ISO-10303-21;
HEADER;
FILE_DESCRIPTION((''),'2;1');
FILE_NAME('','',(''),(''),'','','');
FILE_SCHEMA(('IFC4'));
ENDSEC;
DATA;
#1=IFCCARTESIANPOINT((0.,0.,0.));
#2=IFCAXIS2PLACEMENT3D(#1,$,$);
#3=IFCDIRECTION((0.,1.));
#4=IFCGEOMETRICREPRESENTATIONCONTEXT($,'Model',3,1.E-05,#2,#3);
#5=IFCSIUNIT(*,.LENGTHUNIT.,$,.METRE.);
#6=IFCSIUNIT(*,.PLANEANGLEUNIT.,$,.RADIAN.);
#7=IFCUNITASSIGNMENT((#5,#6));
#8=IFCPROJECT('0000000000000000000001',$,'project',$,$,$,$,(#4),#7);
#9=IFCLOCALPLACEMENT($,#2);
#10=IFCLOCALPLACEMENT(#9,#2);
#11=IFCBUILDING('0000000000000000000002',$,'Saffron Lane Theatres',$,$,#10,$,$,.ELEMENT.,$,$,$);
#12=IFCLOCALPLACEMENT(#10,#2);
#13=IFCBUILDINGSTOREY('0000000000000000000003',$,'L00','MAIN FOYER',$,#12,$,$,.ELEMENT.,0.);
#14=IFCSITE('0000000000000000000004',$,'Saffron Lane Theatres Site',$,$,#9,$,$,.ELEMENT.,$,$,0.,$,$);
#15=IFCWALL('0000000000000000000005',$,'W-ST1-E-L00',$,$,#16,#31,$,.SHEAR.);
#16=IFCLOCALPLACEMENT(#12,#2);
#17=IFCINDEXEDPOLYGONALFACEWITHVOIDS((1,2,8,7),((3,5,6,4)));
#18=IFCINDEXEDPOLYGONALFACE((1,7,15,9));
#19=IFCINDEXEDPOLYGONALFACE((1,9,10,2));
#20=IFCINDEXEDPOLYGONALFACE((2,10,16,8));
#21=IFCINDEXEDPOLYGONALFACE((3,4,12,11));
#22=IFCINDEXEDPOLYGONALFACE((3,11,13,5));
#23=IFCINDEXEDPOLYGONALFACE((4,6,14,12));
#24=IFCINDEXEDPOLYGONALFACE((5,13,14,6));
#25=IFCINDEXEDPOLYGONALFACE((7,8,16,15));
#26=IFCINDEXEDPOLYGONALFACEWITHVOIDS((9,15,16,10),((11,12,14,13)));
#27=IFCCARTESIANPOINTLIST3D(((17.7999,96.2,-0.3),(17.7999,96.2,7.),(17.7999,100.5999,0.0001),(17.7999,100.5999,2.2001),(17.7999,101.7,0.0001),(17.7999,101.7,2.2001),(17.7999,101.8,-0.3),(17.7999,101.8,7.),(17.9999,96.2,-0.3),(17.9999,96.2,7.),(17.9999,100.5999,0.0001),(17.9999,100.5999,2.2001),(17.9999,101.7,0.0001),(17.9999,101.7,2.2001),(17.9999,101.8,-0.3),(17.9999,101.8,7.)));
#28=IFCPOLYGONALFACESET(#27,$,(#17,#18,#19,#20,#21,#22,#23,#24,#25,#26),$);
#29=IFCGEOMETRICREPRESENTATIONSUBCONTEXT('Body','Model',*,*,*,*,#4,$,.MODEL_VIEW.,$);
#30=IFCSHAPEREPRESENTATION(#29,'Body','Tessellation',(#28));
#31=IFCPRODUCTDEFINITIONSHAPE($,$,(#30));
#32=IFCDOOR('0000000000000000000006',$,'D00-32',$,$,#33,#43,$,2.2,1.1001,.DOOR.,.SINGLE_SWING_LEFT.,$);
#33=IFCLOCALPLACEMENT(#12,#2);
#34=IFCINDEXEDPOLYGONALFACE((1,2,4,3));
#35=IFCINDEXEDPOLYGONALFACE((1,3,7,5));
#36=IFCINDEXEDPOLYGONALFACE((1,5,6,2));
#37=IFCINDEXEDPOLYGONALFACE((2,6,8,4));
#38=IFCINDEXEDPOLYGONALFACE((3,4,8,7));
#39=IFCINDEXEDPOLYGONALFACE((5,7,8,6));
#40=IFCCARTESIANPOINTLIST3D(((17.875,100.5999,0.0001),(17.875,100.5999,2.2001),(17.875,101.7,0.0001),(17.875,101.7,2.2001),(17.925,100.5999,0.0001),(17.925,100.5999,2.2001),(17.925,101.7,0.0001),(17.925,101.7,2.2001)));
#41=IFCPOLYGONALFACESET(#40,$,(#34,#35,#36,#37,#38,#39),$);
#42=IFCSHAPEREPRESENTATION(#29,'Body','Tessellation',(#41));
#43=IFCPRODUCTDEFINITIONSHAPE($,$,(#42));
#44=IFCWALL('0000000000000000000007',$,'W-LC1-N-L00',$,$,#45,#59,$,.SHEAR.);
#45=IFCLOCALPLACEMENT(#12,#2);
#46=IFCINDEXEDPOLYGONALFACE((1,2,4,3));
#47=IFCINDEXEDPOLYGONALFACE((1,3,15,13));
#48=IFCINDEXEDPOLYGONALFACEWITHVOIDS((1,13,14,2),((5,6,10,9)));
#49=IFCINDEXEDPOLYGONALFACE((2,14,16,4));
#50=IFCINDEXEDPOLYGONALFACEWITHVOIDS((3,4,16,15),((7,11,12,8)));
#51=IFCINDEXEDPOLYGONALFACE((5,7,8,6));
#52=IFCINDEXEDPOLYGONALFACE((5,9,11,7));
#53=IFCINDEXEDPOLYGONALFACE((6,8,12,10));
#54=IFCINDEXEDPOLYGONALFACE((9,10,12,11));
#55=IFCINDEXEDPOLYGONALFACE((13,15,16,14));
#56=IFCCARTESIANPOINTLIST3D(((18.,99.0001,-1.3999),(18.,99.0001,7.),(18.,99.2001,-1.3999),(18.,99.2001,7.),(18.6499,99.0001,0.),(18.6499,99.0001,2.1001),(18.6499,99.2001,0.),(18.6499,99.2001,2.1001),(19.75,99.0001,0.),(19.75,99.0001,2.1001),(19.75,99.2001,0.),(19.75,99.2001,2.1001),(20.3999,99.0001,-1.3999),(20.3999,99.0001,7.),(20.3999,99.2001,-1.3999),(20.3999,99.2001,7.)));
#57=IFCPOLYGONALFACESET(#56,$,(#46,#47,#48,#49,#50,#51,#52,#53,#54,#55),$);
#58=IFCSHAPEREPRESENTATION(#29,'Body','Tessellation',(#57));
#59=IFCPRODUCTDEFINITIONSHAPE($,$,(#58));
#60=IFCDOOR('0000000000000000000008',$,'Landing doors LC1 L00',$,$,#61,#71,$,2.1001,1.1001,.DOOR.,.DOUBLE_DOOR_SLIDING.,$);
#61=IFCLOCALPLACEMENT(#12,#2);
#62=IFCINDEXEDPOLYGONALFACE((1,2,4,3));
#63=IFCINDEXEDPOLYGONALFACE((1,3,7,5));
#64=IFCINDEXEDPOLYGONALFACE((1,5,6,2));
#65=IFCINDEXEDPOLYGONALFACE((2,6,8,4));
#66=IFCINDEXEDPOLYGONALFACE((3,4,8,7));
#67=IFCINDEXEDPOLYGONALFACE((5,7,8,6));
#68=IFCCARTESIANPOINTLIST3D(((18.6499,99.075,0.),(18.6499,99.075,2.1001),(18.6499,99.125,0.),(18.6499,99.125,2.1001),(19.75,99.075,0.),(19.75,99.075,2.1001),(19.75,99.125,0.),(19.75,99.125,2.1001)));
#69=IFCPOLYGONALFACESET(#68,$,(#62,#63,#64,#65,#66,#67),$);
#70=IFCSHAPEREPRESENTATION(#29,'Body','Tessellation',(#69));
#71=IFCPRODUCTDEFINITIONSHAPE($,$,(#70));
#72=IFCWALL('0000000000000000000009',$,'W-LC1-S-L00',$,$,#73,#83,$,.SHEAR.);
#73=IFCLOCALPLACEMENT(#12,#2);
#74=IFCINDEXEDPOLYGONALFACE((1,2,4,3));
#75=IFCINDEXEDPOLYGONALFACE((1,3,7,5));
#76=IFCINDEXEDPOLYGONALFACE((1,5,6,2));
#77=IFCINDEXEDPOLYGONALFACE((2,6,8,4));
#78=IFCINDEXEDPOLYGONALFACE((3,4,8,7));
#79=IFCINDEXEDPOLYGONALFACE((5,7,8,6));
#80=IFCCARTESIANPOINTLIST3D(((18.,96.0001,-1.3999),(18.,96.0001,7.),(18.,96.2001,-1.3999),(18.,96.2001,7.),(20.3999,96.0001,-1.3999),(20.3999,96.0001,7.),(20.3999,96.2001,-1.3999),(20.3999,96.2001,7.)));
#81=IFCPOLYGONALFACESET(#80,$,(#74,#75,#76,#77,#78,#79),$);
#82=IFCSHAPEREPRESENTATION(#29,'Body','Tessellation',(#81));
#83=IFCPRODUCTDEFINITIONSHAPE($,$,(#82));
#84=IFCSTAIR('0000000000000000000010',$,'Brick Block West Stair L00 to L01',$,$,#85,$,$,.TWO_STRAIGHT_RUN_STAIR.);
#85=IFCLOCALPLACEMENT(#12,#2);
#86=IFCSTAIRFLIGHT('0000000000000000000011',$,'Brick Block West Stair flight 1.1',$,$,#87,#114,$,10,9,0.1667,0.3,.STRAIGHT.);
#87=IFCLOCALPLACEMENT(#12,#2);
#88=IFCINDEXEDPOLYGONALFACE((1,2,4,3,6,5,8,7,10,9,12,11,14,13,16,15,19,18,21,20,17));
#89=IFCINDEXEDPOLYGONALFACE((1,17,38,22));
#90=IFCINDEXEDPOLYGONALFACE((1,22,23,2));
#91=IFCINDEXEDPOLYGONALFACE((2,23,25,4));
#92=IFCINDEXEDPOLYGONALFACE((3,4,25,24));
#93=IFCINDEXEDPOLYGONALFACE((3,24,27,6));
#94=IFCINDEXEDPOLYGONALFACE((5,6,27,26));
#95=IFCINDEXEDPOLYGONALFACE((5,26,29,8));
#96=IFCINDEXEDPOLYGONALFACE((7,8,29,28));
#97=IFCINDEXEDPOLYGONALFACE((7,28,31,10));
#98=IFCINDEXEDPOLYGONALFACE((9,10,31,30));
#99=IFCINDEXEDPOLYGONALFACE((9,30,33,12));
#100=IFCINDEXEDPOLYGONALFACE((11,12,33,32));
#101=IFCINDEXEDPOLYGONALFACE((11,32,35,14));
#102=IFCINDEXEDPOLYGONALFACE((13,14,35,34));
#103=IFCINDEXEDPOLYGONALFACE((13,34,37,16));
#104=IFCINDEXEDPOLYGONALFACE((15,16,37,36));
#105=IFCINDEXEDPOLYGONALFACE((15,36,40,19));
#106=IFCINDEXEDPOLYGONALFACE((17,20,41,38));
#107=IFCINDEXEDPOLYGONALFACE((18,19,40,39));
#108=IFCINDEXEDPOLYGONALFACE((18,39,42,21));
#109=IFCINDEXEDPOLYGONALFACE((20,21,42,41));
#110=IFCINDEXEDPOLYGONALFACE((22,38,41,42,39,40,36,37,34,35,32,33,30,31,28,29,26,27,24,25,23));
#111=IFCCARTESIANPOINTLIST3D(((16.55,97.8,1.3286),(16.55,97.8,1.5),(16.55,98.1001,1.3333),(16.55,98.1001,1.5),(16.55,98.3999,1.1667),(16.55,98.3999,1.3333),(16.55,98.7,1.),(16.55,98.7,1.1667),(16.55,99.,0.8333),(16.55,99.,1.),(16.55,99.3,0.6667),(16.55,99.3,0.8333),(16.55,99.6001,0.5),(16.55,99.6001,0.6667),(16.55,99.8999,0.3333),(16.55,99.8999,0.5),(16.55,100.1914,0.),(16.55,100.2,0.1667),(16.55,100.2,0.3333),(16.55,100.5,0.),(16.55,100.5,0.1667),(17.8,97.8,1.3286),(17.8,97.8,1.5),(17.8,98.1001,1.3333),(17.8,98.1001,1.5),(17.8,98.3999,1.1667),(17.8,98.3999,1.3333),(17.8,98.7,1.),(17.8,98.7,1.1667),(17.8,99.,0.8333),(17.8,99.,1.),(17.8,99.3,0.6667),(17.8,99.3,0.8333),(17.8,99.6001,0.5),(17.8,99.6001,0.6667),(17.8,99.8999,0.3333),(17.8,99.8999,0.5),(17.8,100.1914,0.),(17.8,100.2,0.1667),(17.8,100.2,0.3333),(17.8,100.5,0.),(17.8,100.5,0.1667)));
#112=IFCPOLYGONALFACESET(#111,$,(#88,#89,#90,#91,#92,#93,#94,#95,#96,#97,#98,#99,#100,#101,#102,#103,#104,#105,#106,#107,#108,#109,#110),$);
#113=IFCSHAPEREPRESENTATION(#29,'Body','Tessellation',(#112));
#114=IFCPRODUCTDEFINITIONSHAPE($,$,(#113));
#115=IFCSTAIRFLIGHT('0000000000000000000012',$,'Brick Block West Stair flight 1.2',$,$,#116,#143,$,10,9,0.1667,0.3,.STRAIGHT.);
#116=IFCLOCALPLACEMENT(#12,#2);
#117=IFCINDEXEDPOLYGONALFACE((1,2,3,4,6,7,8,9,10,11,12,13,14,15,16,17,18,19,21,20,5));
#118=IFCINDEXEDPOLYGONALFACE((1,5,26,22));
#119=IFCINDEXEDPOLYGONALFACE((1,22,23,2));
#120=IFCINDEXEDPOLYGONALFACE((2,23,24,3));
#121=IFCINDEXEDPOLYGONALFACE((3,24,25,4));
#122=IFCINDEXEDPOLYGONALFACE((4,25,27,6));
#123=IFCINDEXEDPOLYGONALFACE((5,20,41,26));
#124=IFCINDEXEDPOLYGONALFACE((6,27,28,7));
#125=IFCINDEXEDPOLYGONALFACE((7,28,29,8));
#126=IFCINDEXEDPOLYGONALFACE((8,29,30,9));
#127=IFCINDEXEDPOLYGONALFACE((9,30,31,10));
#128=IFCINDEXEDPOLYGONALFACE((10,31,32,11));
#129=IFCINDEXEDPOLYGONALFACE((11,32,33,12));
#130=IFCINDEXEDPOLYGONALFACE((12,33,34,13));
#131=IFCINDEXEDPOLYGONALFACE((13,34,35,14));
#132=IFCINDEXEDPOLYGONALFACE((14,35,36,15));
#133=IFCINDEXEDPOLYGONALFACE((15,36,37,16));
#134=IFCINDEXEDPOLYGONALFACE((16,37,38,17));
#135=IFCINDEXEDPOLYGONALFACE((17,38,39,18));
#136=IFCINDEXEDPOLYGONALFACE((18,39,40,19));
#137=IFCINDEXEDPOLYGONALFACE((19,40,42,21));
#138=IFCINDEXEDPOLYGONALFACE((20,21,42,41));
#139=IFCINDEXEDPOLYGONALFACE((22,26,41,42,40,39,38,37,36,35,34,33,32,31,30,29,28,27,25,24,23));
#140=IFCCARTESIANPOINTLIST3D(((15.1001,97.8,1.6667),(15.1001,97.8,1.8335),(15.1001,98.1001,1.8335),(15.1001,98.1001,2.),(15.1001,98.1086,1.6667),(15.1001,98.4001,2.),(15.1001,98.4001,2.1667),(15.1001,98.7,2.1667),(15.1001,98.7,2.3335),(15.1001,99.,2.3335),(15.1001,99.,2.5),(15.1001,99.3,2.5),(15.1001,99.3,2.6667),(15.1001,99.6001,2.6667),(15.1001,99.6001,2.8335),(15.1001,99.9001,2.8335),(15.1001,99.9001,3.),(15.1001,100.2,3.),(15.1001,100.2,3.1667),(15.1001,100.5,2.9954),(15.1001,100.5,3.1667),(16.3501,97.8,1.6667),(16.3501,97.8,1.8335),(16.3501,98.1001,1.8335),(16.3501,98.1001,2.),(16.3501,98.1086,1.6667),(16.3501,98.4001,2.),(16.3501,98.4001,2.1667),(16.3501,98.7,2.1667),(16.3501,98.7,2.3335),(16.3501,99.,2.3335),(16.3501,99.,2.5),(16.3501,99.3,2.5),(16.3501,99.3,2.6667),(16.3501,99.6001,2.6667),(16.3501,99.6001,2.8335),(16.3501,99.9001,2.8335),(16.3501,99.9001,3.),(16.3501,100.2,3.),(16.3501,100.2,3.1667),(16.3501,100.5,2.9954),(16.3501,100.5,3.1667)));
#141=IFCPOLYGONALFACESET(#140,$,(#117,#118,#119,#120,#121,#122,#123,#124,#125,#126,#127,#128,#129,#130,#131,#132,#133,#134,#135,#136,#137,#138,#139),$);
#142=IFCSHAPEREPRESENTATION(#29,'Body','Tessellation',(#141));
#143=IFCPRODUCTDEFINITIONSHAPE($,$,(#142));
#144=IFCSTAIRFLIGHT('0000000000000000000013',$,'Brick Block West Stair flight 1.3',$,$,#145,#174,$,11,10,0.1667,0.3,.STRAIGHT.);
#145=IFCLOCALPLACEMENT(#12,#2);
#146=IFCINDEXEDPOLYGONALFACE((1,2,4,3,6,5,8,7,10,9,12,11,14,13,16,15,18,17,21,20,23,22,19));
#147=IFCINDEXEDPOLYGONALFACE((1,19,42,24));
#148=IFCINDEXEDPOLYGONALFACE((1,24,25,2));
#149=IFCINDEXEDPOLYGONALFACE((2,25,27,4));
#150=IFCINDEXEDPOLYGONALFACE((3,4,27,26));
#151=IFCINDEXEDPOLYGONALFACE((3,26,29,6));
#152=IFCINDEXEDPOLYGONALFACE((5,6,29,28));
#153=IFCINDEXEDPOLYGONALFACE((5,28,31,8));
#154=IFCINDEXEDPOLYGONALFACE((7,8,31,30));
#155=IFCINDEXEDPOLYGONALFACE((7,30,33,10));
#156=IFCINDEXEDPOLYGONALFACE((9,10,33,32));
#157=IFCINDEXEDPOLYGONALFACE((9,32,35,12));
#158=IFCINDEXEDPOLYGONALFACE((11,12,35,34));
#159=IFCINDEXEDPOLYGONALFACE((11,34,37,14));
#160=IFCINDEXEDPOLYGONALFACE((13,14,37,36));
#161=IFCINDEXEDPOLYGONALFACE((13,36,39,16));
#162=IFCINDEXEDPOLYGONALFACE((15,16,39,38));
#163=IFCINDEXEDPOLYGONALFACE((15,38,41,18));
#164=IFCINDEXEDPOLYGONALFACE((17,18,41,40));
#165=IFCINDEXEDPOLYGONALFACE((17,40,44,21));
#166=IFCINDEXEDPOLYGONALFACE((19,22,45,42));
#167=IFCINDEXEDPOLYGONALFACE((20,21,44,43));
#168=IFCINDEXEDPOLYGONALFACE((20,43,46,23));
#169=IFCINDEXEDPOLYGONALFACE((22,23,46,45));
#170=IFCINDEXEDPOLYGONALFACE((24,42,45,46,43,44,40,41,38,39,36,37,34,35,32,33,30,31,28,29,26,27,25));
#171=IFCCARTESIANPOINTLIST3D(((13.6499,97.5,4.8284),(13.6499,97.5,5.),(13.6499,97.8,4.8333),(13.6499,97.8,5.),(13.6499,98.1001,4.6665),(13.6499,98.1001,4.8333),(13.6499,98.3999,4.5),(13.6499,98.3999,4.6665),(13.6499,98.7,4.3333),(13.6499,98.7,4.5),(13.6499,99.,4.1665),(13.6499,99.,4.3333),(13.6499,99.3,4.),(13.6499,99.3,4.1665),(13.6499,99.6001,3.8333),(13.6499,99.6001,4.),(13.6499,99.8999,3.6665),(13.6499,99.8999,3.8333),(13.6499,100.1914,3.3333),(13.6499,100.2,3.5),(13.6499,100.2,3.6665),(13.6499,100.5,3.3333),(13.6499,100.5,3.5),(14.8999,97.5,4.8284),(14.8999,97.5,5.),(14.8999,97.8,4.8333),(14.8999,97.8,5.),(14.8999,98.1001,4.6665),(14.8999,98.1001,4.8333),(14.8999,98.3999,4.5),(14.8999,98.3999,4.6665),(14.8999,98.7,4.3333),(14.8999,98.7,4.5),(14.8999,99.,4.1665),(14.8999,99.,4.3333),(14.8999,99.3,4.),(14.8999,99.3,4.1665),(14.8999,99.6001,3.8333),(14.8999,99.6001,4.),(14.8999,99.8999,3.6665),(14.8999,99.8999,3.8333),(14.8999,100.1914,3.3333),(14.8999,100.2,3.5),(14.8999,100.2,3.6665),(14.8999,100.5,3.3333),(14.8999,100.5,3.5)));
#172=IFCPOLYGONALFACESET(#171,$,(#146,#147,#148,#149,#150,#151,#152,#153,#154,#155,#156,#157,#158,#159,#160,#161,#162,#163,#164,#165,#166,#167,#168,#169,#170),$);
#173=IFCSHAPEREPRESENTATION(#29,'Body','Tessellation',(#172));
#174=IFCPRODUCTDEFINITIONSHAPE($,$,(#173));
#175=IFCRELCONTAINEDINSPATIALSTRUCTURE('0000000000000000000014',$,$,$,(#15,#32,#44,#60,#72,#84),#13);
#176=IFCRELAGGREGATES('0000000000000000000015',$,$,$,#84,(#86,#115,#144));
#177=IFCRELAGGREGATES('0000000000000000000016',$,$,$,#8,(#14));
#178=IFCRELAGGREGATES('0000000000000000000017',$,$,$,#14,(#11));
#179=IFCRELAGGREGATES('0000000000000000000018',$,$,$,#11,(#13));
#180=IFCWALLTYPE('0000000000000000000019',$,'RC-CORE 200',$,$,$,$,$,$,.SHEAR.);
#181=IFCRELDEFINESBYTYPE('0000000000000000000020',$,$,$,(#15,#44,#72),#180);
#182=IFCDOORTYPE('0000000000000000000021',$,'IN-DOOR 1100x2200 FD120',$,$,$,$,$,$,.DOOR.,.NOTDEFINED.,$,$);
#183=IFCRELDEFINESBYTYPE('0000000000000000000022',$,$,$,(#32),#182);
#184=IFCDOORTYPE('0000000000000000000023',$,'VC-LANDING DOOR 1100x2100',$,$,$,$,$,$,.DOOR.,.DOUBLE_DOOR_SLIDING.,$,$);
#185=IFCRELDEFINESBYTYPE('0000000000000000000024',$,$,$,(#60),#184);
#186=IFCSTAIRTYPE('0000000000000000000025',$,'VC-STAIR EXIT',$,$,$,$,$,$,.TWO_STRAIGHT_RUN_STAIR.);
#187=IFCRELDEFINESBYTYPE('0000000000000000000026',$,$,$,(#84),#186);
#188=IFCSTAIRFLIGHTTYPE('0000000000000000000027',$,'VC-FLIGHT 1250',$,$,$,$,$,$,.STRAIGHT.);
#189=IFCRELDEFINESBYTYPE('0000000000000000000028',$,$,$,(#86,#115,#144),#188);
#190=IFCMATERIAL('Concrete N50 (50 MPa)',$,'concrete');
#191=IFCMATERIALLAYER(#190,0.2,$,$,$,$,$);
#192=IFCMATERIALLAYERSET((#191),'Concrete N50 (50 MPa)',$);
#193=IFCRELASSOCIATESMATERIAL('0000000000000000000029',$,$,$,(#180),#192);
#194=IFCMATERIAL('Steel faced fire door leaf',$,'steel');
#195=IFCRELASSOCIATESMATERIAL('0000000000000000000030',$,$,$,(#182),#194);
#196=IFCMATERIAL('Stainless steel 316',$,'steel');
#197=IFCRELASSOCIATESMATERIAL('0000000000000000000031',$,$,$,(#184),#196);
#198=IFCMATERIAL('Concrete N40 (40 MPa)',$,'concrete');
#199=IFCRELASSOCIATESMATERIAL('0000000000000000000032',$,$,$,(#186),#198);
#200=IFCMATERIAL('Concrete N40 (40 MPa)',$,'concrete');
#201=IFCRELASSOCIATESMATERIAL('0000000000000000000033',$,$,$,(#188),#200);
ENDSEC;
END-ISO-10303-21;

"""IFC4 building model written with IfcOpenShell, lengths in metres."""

from ifc_helpers import new_model, si_unit, direction, frame, frame_2d, origin, place, context, subcontext, project, spatial, polyline, rectangle, outline, extrude, material, layer, layer_set, type_object, element, fill, aggregate, save


model = new_model("IFC4")

# Units and contexts
model_context = context("Model", 3, precision=1e-05, world=origin(), true_north=direction((0.0, 1.0)))
body_context = subcontext(model_context, "Body", "Model", "MODEL_VIEW")
ifc_project = project(units=[si_unit("LENGTHUNIT", "METRE"), si_unit("PLANEANGLEUNIT", "RADIAN")], contexts=[model_context])

# Site, building, storey
site_placement = place(None, origin())
site = spatial("IfcSite", under=ifc_project, at=site_placement, Name="Saffron Lane Theatres Site", CompositionType="ELEMENT", RefElevation=0.0)
building_placement = place(site_placement, origin())
building = spatial("IfcBuilding", under=site, at=building_placement, Name="Saffron Lane Theatres", CompositionType="ELEMENT")
storey_placement = place(building_placement, origin())
storey = spatial("IfcBuildingStorey", under=building, at=storey_placement, Name="L00", Description="MAIN FOYER", CompositionType="ELEMENT", Elevation=0.0)

# Walls, openings, doors
ifc_material_1 = material(Name="Concrete N50 (50 MPa)", Category="concrete")
ifc_layer = layer(ifc_material_1, 0.2)
ifc_layer_set = layer_set([ifc_layer], Name="Concrete N50 (50 MPa)")
wall_type = type_object("IfcWallType", Name="RC-CORE 200", PredefinedType="SHEAR", material=ifc_layer_set)
wall_1_placement = place(storey_placement, frame((17.8999, 96.2, -0.3), z_axis=(0.0, 0.0, 1.0), x_axis=(0.0, 1.0, 0.0)))
wall_1 = element("IfcWall", 1, at=wall_1_placement, inside=storey, type_object=wall_type, Name="W-ST1-E-L00", PredefinedType="SHEAR", context=body_context, shape_type="SweptSolid", body=[
    extrude(rectangle(XDim=5.6001, YDim=0.2, at=frame_2d((2.8, 0.0))), origin(), (0.0, 0.0, 1.0), 7.3),
])
opening_1_placement = place(wall_1_placement, frame((4.3999, 0.0, 0.3)))
opening_1 = element("IfcOpeningElement", 2, at=opening_1_placement, cuts=wall_1, PredefinedType="OPENING", context=body_context, shape_type="SweptSolid", body=[
    extrude(rectangle(XDim=1.1001, YDim=2.2, at=frame_2d((0.55, 1.1001))), frame((0.0, 0.1099, 0.0), z_axis=(0.0, -1.0, 0.0), x_axis=(1.0, 0.0, 0.0)), (0.0, 0.0, 1.0), 0.22),
])
ifc_material_2 = material(Name="Steel faced fire door leaf", Category="steel")
door_type_1 = type_object("IfcDoorType", Name="IN-DOOR 1100x2200 FD120", OperationType="NOTDEFINED", PredefinedType="DOOR", material=ifc_material_2)
door_1_placement = place(opening_1_placement, origin())
door_1 = element("IfcDoor", 3, at=door_1_placement, inside=storey, type_object=door_type_1, Name="D00-32", OperationType="SINGLE_SWING_LEFT", OverallHeight=2.2, OverallWidth=1.1001, PredefinedType="DOOR", context=body_context, shape_type="SweptSolid", body=[
    extrude(rectangle(XDim=1.1001, YDim=2.2, at=frame_2d((0.55, 1.1001))), frame((0.0, 0.0249, 0.0), z_axis=(0.0, -1.0, 0.0), x_axis=(1.0, 0.0, 0.0)), (0.0, 0.0, 1.0), 0.05),
])
fill(opening_1, door_1)
wall_2_placement = place(storey_placement, frame((18.0, 99.1001, -1.3999), z_axis=(0.0, 0.0, 1.0), x_axis=(1.0, 0.0, 0.0)))
wall_2 = element("IfcWall", 4, at=wall_2_placement, inside=storey, type_object=wall_type, Name="W-LC1-N-L00", PredefinedType="SHEAR", context=body_context, shape_type="SweptSolid", body=[
    extrude(rectangle(XDim=2.3999, YDim=0.2, at=frame_2d((1.2, 0.0))), origin(), (0.0, 0.0, 1.0), 8.3999),
])
opening_2_placement = place(wall_2_placement, frame((0.6499, 0.0, 1.3999)))
opening_2 = element("IfcOpeningElement", 5, at=opening_2_placement, cuts=wall_2, PredefinedType="OPENING", context=body_context, shape_type="SweptSolid", body=[
    extrude(rectangle(XDim=1.1001, YDim=2.1001, at=frame_2d((0.55, 1.05))), frame((0.0, 0.1099, 0.0), z_axis=(0.0, -1.0, 0.0), x_axis=(1.0, 0.0, 0.0)), (0.0, 0.0, 1.0), 0.22),
])
ifc_material_3 = material(Name="Stainless steel 316", Category="steel")
door_type_2 = type_object("IfcDoorType", Name="VC-LANDING DOOR 1100x2100", OperationType="DOUBLE_DOOR_SLIDING", PredefinedType="DOOR", material=ifc_material_3)
door_2_placement = place(opening_2_placement, origin())
door_2 = element("IfcDoor", 6, at=door_2_placement, inside=storey, type_object=door_type_2, Name="Landing doors LC1 L00", OperationType="DOUBLE_DOOR_SLIDING", OverallHeight=2.1001, OverallWidth=1.1001, PredefinedType="DOOR", context=body_context, shape_type="SweptSolid", body=[
    extrude(rectangle(XDim=1.1001, YDim=2.1001, at=frame_2d((0.55, 1.05))), frame((0.0, 0.0249, 0.0), z_axis=(0.0, -1.0, 0.0), x_axis=(1.0, 0.0, 0.0)), (0.0, 0.0, 1.0), 0.05),
])
fill(opening_2, door_2)

# Wall
wall_3_placement = place(storey_placement, frame((18.0, 96.1001, -1.3999), z_axis=(0.0, 0.0, 1.0), x_axis=(1.0, 0.0, 0.0)))
element("IfcWall", 7, at=wall_3_placement, inside=storey, type_object=wall_type, Name="W-LC1-S-L00", PredefinedType="SHEAR", context=body_context, shape_type="SweptSolid", body=[
    extrude(rectangle(XDim=2.3999, YDim=0.2, at=frame_2d((1.2, 0.0))), origin(), (0.0, 0.0, 1.0), 8.3999),
])

# Stair, stair flights
ifc_material_4 = material(Name="Concrete N40 (40 MPa)", Category="concrete")
stair_type = type_object("IfcStairType", Name="VC-STAIR EXIT", PredefinedType="TWO_STRAIGHT_RUN_STAIR", material=ifc_material_4)
stair_placement = place(storey_placement, origin())
stair = element("IfcStair", 8, at=stair_placement, inside=storey, type_object=stair_type, Name="Brick Block West Stair L00 to L01", PredefinedType="TWO_STRAIGHT_RUN_STAIR")
ifc_material_5 = material(Name="Concrete N40 (40 MPa)", Category="concrete")
stair_flight_type = type_object("IfcStairFlightType", Name="VC-FLIGHT 1250", PredefinedType="STRAIGHT", material=ifc_material_5)
stair_flight_1_placement = place(storey_placement, frame((17.175, 100.5, 0.0), z_axis=(0.0, 0.0, 1.0), x_axis=(0.0, -1.0, 0.0)))
stair_flight_1 = element("IfcStairFlight", 9, at=stair_flight_1_placement, type_object=stair_flight_type, Name="Brick Block West Stair flight 1.1", NumberOfRisers=10, NumberOfTreads=9, PredefinedType="STRAIGHT", RiserHeight=0.1667, TreadLength=0.3, context=body_context, shape_type="SweptSolid", body=[
    extrude(outline(polyline([(0.0, 0.0), (0.0, 0.1667), (0.3, 0.1667), (0.3, 0.3333), (0.6001, 0.3333), (0.6001, 0.5), (0.8999, 0.5), (0.8999, 0.6667), (1.2, 0.6667), (1.2, 0.8333), (1.5, 0.8333), (1.5, 1.0), (1.8, 1.0), (1.8, 1.1667), (2.1001, 1.1667), (2.1001, 1.3333), (2.3999, 1.3333), (2.3999, 1.5), (2.7, 1.5), (2.7, 1.6667), (2.7, 1.3286), (0.3086, 0.0), (0.0, 0.0)])), frame((0.0, 0.625, 0.0), z_axis=(0.0, -1.0, 0.0), x_axis=(1.0, 0.0, 0.0)), (0.0, 0.0, 1.0), 1.25),
])
stair_flight_2_placement = place(storey_placement, frame((15.7251, 97.8, 1.6667), z_axis=(0.0, 0.0, 1.0), x_axis=(0.0, 1.0, 0.0)))
stair_flight_2 = element("IfcStairFlight", 10, at=stair_flight_2_placement, type_object=stair_flight_type, Name="Brick Block West Stair flight 1.2", NumberOfRisers=10, NumberOfTreads=9, PredefinedType="STRAIGHT", RiserHeight=0.1667, TreadLength=0.3, context=body_context, shape_type="SweptSolid", body=[
    extrude(outline(polyline([(0.0, 0.0), (0.0, 0.1667), (0.3, 0.1667), (0.3, 0.3333), (0.6001, 0.3333), (0.6001, 0.5), (0.8999, 0.5), (0.8999, 0.6667), (1.2, 0.6667), (1.2, 0.8333), (1.5, 0.8333), (1.5, 1.0), (1.8, 1.0), (1.8, 1.1667), (2.1001, 1.1667), (2.1001, 1.3333), (2.3999, 1.3333), (2.3999, 1.5), (2.7, 1.5), (2.7, 1.6667), (2.7, 1.3286), (0.3086, 0.0), (0.0, 0.0)])), frame((0.0, 0.625, 0.0), z_axis=(0.0, -1.0, 0.0), x_axis=(1.0, 0.0, 0.0)), (0.0, 0.0, 1.0), 1.25),
])
stair_flight_3_placement = place(storey_placement, frame((14.2749, 100.5, 3.3333), z_axis=(0.0, 0.0, 1.0), x_axis=(0.0, -1.0, 0.0)))
stair_flight_3 = element("IfcStairFlight", 11, at=stair_flight_3_placement, type_object=stair_flight_type, Name="Brick Block West Stair flight 1.3", NumberOfRisers=11, NumberOfTreads=10, PredefinedType="STRAIGHT", RiserHeight=0.1667, TreadLength=0.3, context=body_context, shape_type="SweptSolid", body=[
    extrude(outline(polyline([(0.0, 0.0), (0.0, 0.1667), (0.3, 0.1667), (0.3, 0.3333), (0.6001, 0.3333), (0.6001, 0.5), (0.8999, 0.5), (0.8999, 0.6667), (1.2, 0.6667), (1.2, 0.8333), (1.5, 0.8333), (1.5, 1.0), (1.8, 1.0), (1.8, 1.1667), (2.1001, 1.1667), (2.1001, 1.3333), (2.3999, 1.3333), (2.3999, 1.5), (2.7, 1.5), (2.7, 1.6667), (3.0, 1.6667), (3.0, 1.8333), (3.0, 1.4951), (0.3086, 0.0), (0.0, 0.0)])), frame((0.0, 0.625, 0.0), z_axis=(0.0, -1.0, 0.0), x_axis=(1.0, 0.0, 0.0)), (0.0, 0.0, 1.0), 1.25),
])
aggregate(stair, [stair_flight_1, stair_flight_2, stair_flight_3])

save(model, "model.ifc")
